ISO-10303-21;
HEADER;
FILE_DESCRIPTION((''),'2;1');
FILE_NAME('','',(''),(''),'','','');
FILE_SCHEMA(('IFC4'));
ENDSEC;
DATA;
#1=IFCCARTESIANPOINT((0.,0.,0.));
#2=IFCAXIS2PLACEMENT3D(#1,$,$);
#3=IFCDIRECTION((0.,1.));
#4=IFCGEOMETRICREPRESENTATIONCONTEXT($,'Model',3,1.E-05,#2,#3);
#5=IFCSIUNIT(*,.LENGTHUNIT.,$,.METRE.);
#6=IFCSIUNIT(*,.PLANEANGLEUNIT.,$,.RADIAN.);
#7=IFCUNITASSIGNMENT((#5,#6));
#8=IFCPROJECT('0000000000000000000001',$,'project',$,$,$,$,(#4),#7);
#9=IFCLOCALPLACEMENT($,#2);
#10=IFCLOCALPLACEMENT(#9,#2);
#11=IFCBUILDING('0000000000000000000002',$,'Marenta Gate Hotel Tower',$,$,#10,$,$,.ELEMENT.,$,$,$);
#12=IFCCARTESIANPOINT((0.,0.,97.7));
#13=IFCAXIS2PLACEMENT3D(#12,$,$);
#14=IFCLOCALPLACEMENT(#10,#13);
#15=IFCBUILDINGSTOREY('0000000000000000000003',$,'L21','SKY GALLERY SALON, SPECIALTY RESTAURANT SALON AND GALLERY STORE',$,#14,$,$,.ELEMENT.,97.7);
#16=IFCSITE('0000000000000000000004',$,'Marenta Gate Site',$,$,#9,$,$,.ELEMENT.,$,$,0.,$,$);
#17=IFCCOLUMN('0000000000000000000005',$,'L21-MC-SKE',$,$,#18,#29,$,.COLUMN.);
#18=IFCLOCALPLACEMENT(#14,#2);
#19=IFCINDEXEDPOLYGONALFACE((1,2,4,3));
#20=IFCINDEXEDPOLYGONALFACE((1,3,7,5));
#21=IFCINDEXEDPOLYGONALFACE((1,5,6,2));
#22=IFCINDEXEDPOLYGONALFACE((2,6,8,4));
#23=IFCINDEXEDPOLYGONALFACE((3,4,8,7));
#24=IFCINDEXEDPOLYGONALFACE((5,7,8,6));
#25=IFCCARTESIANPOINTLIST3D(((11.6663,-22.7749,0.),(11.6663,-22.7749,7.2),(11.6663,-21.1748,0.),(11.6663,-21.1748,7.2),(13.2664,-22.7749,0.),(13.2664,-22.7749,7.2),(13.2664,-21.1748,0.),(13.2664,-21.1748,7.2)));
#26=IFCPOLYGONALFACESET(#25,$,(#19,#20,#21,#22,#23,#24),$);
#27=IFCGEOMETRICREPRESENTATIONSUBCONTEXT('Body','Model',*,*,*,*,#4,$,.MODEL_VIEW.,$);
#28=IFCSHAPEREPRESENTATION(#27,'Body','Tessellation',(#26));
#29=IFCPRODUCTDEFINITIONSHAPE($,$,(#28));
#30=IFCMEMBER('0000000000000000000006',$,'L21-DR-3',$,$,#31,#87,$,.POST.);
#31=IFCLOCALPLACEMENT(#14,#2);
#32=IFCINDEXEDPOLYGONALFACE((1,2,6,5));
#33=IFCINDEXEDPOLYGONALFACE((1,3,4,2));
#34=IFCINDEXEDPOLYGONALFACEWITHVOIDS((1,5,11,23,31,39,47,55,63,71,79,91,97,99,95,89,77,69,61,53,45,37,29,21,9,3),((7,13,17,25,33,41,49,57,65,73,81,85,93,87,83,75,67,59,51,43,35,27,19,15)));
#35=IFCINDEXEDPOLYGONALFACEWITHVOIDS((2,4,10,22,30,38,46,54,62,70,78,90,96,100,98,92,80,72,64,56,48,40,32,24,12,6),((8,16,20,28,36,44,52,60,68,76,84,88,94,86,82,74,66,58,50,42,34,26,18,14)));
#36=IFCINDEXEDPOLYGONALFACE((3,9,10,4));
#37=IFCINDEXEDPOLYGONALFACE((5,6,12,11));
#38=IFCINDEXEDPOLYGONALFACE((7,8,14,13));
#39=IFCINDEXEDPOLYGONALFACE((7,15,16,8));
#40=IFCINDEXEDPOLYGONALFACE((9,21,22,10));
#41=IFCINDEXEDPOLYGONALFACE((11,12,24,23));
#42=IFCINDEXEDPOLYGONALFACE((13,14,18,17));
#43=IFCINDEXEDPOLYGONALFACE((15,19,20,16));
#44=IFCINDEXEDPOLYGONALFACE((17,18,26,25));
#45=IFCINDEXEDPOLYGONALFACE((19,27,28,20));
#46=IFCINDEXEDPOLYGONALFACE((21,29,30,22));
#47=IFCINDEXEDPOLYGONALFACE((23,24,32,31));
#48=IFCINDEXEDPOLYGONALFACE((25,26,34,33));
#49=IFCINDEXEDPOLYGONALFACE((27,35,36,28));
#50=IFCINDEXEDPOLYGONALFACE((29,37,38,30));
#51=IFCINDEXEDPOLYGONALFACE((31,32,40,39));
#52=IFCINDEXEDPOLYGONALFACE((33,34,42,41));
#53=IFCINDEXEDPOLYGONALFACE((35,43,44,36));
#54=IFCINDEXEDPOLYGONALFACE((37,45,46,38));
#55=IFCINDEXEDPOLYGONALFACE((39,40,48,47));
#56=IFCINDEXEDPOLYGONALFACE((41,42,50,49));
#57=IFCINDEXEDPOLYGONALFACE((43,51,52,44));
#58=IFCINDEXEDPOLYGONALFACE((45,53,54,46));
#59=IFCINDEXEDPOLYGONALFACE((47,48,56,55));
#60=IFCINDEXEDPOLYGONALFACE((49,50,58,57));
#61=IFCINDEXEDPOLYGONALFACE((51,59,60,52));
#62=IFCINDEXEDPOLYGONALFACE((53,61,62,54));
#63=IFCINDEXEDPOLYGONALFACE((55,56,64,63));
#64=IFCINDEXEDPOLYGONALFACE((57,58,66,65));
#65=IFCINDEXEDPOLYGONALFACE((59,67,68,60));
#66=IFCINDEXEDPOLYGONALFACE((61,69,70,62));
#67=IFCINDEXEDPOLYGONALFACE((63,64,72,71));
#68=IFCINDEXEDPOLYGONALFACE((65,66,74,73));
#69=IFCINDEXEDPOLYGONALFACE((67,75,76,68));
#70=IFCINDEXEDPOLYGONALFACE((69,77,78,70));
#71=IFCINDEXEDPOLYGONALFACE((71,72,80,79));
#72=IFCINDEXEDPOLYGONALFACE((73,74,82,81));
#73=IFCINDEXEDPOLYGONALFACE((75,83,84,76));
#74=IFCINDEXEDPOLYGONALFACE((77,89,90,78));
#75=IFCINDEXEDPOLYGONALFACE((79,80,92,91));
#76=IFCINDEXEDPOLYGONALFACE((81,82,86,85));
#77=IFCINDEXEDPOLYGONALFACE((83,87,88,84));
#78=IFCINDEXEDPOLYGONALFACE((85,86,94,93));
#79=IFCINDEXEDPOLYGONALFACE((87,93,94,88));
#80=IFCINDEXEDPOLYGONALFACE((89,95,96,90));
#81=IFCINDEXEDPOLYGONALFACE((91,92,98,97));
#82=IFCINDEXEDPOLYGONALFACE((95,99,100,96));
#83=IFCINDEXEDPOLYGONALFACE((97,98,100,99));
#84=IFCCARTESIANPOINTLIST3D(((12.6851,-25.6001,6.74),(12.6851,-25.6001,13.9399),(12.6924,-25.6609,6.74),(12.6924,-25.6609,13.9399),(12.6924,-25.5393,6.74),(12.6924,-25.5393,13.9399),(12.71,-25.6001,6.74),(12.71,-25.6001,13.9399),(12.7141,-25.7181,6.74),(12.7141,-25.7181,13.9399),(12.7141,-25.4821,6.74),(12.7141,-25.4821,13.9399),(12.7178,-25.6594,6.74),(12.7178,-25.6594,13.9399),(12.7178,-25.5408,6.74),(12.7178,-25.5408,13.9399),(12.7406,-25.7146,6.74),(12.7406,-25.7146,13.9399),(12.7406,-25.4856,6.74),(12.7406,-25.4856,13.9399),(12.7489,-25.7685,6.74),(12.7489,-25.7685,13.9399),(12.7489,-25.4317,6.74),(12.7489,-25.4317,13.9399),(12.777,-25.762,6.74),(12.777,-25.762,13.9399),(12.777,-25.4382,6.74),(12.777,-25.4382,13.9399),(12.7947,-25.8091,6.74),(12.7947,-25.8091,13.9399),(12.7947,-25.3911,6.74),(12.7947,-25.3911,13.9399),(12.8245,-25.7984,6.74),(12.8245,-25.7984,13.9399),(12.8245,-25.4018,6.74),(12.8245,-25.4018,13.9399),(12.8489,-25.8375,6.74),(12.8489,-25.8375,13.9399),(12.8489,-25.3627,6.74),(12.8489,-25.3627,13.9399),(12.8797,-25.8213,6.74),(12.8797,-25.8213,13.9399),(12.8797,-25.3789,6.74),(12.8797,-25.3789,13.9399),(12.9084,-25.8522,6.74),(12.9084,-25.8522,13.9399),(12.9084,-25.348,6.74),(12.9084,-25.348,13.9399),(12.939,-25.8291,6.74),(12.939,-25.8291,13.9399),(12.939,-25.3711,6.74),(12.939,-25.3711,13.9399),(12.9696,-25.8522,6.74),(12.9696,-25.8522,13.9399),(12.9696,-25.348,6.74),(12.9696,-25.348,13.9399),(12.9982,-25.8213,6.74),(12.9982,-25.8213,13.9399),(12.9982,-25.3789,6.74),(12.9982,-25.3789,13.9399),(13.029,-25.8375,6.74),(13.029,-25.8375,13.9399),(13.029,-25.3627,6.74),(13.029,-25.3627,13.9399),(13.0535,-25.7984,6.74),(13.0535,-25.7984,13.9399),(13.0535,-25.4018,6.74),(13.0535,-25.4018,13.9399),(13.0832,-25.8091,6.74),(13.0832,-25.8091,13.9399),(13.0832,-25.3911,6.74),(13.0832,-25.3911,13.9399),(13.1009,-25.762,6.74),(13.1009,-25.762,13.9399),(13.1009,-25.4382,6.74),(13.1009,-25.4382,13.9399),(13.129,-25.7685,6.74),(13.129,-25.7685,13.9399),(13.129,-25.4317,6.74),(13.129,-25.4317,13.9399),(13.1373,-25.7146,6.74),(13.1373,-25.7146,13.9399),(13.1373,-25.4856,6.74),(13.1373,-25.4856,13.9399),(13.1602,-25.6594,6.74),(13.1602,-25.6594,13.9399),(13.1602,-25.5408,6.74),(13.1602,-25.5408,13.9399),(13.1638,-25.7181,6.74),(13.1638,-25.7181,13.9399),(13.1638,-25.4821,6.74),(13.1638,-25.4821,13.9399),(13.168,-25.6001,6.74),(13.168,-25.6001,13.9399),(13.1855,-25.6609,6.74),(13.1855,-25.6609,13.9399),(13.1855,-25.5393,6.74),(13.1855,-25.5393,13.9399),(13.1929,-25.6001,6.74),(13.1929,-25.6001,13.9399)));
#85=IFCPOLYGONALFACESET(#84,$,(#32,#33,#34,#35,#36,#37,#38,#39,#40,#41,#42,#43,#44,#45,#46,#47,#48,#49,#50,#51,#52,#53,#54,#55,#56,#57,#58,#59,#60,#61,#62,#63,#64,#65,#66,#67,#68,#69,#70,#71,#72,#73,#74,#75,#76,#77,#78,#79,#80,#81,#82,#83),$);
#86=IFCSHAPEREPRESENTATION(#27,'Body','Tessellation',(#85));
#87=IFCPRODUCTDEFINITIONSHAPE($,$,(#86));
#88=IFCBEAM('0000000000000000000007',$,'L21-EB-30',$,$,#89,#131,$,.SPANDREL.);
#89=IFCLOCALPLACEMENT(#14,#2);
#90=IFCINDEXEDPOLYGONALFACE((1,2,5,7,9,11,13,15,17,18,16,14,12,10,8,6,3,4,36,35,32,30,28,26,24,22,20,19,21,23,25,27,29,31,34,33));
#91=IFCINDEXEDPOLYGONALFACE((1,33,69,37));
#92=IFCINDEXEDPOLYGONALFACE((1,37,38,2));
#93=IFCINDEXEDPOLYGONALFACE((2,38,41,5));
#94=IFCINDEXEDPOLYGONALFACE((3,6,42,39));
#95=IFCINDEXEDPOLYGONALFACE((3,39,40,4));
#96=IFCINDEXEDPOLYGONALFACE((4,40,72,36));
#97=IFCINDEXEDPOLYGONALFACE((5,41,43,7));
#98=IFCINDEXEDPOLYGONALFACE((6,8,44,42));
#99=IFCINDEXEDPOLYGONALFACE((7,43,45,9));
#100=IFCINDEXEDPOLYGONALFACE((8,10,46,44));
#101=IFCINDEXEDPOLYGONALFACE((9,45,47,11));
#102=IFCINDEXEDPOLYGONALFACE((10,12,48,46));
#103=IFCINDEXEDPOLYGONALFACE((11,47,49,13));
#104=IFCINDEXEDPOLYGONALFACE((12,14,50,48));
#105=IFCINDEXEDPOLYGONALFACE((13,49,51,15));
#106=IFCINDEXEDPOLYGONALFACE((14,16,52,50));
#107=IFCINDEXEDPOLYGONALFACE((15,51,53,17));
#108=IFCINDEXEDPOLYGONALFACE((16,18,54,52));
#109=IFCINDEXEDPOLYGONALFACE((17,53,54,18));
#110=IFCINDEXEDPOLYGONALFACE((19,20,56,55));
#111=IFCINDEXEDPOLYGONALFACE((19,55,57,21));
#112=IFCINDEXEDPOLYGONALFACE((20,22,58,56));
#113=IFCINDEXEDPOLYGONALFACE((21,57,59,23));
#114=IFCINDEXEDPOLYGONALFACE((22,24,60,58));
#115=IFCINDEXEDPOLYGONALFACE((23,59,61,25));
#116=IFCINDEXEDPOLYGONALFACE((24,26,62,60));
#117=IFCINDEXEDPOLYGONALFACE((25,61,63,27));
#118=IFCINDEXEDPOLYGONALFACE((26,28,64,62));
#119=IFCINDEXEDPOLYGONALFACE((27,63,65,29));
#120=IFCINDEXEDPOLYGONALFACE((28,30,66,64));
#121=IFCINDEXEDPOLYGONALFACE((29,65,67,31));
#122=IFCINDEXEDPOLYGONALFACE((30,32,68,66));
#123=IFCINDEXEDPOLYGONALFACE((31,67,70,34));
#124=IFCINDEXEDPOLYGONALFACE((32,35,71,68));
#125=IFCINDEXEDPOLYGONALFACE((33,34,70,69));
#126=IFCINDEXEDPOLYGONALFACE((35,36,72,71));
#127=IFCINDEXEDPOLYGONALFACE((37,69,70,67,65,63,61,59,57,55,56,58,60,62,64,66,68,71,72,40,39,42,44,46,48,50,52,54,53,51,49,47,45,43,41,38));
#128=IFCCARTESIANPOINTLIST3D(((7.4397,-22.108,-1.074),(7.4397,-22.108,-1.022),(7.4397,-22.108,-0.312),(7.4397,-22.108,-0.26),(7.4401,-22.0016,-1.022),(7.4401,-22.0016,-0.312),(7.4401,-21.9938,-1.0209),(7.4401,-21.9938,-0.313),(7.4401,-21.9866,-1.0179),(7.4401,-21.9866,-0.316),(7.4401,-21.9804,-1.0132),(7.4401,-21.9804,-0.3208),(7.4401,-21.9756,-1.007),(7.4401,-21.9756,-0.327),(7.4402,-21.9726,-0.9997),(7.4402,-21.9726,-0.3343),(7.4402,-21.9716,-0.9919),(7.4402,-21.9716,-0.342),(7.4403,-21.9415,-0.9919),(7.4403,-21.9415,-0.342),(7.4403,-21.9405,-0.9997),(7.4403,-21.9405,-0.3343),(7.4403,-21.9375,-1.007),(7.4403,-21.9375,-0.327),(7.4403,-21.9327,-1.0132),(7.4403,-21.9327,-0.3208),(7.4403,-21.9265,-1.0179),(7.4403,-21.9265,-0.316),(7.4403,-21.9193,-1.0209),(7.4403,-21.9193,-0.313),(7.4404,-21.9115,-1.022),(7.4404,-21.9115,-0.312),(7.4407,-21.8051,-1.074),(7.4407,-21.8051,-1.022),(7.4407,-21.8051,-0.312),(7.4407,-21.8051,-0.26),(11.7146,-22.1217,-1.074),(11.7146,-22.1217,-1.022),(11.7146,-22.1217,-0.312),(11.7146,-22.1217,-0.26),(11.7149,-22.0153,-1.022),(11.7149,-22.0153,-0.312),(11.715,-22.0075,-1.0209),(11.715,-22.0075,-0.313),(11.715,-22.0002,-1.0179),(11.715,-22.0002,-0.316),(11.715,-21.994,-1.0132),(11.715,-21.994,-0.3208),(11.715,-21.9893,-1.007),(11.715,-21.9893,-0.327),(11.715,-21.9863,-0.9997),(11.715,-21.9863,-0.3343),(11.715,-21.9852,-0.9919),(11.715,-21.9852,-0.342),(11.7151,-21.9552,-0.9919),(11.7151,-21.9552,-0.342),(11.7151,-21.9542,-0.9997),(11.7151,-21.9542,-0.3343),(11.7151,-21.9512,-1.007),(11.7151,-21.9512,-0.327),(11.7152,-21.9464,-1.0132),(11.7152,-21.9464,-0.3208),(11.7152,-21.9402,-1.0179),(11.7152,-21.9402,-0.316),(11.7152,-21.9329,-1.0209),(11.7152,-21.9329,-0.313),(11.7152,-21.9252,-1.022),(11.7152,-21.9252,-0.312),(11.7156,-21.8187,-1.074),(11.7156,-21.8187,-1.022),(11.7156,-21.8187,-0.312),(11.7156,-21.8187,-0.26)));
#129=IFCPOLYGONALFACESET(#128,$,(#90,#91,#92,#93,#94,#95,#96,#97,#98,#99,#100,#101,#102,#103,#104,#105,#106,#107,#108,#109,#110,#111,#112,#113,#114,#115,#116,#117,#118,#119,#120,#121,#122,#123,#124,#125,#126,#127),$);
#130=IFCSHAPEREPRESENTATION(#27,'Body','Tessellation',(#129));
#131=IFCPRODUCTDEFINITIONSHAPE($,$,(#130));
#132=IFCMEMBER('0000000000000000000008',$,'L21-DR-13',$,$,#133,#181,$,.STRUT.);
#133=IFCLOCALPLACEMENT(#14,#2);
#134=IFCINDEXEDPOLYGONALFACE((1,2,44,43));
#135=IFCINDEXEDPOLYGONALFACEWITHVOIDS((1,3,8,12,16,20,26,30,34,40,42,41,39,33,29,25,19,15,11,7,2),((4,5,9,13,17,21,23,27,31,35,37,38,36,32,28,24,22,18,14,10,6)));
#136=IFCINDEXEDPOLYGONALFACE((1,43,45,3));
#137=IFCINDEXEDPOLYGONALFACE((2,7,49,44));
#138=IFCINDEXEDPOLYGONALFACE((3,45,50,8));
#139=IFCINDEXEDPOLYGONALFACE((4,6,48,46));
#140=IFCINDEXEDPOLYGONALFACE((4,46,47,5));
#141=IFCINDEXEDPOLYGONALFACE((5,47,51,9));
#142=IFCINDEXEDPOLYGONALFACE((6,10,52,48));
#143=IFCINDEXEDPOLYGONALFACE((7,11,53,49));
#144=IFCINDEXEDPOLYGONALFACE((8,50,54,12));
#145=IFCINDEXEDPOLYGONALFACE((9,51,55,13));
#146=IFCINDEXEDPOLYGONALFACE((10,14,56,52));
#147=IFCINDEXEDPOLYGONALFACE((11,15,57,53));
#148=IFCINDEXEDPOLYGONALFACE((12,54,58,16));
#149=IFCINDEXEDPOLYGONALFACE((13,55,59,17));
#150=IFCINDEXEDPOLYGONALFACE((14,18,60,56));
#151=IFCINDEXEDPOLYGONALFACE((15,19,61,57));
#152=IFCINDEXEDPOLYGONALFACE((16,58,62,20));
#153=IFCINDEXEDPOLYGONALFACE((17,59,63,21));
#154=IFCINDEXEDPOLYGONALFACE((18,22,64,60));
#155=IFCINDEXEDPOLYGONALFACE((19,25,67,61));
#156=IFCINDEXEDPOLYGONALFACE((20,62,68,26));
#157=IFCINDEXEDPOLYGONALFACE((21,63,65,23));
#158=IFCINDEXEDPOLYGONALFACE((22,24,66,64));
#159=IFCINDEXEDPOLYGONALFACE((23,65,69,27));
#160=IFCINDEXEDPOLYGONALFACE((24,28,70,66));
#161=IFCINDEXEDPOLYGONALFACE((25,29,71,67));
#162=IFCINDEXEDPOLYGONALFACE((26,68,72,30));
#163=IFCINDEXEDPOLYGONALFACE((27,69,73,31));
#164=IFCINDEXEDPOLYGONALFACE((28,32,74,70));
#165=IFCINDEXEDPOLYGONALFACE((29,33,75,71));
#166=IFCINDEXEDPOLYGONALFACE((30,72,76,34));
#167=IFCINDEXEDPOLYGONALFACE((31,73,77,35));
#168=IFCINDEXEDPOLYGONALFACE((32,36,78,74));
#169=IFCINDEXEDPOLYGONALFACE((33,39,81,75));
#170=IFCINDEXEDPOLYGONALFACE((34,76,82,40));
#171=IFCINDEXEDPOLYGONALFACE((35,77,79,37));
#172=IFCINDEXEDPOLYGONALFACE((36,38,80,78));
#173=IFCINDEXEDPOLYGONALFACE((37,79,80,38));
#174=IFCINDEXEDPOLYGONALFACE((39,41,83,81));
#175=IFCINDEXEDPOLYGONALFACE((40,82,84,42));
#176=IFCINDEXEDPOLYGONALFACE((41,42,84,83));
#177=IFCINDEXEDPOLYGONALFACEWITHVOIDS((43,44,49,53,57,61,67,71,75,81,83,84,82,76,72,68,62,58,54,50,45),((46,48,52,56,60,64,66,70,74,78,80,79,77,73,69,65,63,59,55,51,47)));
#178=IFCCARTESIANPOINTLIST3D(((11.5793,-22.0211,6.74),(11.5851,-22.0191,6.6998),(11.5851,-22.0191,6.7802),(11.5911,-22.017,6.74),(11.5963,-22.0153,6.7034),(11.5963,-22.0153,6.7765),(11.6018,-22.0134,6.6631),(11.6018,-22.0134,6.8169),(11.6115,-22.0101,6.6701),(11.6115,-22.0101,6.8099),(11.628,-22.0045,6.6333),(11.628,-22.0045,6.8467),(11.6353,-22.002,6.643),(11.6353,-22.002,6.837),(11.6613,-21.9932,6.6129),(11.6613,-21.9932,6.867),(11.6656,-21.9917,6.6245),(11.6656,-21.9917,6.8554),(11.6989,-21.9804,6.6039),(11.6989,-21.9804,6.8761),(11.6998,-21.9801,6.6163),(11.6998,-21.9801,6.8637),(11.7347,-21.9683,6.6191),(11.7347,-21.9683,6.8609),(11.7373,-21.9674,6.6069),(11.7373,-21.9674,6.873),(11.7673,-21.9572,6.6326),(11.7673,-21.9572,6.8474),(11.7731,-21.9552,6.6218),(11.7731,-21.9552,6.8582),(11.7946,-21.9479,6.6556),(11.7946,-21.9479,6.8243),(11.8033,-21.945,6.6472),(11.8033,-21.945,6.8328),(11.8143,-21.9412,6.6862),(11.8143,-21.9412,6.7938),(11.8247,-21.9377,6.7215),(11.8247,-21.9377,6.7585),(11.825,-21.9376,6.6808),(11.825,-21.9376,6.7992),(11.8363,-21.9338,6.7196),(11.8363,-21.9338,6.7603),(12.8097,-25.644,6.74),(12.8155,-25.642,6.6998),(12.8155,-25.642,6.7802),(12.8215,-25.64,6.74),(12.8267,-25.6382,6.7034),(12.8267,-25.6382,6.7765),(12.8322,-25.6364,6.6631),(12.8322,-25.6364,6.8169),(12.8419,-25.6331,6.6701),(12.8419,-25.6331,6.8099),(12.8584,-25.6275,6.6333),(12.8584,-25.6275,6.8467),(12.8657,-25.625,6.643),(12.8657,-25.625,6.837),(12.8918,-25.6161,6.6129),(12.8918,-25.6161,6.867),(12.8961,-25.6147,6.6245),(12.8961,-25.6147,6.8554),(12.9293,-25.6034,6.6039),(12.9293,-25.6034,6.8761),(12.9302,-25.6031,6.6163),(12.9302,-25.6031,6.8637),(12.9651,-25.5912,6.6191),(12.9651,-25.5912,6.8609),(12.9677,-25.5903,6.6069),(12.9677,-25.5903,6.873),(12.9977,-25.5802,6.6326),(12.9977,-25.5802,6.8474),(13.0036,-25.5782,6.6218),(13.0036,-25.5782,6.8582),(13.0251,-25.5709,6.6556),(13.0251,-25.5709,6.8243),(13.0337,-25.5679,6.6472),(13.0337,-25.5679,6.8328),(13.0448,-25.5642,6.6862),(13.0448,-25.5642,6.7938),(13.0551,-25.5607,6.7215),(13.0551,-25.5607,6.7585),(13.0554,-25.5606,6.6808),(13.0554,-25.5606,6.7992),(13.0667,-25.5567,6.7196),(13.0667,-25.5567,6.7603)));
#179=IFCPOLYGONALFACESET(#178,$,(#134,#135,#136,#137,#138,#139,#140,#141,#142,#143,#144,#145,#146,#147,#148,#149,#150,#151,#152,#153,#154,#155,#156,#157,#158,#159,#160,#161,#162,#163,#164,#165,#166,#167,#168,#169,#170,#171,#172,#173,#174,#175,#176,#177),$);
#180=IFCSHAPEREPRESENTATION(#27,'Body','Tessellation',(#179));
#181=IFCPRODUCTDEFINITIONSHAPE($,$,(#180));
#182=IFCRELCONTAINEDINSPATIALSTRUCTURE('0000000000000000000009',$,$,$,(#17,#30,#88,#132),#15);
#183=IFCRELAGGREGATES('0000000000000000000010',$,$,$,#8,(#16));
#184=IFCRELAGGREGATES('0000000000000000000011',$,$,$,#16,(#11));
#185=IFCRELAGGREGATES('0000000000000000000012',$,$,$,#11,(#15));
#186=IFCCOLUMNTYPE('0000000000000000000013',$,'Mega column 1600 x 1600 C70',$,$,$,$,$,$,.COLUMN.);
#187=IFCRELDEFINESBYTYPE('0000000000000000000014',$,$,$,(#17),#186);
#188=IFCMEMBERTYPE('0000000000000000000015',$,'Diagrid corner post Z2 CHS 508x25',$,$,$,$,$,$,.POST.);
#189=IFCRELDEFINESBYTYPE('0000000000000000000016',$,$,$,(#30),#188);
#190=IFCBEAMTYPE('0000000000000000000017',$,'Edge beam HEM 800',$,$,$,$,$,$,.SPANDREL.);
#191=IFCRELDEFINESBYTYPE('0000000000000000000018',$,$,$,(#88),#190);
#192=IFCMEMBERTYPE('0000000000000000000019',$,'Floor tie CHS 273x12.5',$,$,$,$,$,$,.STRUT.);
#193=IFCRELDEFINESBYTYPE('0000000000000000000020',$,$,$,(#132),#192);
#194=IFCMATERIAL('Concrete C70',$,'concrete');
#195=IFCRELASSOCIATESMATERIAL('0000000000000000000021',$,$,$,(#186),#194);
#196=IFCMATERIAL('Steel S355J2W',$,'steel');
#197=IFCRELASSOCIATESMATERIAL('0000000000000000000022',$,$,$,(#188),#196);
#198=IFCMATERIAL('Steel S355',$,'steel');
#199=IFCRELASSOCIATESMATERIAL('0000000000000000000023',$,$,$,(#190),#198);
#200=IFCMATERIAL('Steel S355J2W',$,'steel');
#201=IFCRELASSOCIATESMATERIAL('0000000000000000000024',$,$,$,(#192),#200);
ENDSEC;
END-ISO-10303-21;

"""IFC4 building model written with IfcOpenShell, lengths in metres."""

from ifc_helpers import new_model, si_unit, direction, frame, origin, origin_2d, place, context, subcontext, project, spatial, rectangle, hollow_circle, i_section, extrude, material, material_profile, profile_set, type_object, element, save


model = new_model("IFC4")

# Units and contexts
model_context = context("Model", 3, precision=1e-05, world=origin(), true_north=direction((0.0, 1.0)))
body_context = subcontext(model_context, "Body", "Model", "MODEL_VIEW")
ifc_project = project(units=[si_unit("LENGTHUNIT", "METRE"), si_unit("PLANEANGLEUNIT", "RADIAN")], contexts=[model_context])

# Site, building, storey
site_placement = place(None, origin())
site = spatial("IfcSite", under=ifc_project, at=site_placement, Name="Marenta Gate Site", CompositionType="ELEMENT", RefElevation=0.0)
building_placement = place(site_placement, origin())
building = spatial("IfcBuilding", under=site, at=building_placement, Name="Marenta Gate Hotel Tower", CompositionType="ELEMENT")
storey_placement = place(building_placement, frame((0.0, 0.0, 97.7)))
storey = spatial("IfcBuildingStorey", under=building, at=storey_placement, Name="L21", Description="SKY GALLERY SALON, SPECIALTY RESTAURANT SALON AND GALLERY STORE", CompositionType="ELEMENT", Elevation=97.7)

# Column
ifc_material_1 = material(Name="Concrete C70", Category="concrete")
ifc_material_profile_1 = material_profile(ifc_material_1, rectangle(XDim=1.6001, YDim=1.6001, at=origin_2d()), Name="1600 x 1600")
ifc_profile_set_1 = profile_set([ifc_material_profile_1], Name="Concrete C70")
column_type = type_object("IfcColumnType", Name="Mega column 1600 x 1600 C70", PredefinedType="COLUMN", material=ifc_profile_set_1)
column_placement = place(storey_placement, frame((12.4663, -21.9749, 0.0), z_axis=(0.0, 0.0, 1.0), x_axis=(1.0, 0.0, 0.0)))
element("IfcColumn", 1, at=column_placement, inside=storey, type_object=column_type, Name="L21-MC-SKE", PredefinedType="COLUMN", context=body_context, shape_type="SweptSolid", body=[
    extrude(rectangle(XDim=1.6001, YDim=1.6001, at=origin_2d()), origin(), (0.0, 0.0, 1.0), 7.2),
])

# Member
ifc_material_2 = material(Name="Steel S355J2W", Category="steel")
ifc_material_profile_2 = material_profile(ifc_material_2, hollow_circle(Radius=0.2539, WallThickness=0.0249, at=origin_2d()), Name="CHS 508x25")
ifc_profile_set_2 = profile_set([ifc_material_profile_2], Name="Steel S355J2W")
member_type_1 = type_object("IfcMemberType", Name="Diagrid corner post Z2 CHS 508x25", PredefinedType="POST", material=ifc_profile_set_2)
member_1_placement = place(storey_placement, frame((12.939, -25.6001, 6.74), z_axis=(0.0, 0.0, 1.0), x_axis=(1.0, 0.0, 0.0)))
element("IfcMember", 2, at=member_1_placement, inside=storey, type_object=member_type_1, Name="L21-DR-3", PredefinedType="POST", context=body_context, shape_type="SweptSolid", body=[
    extrude(hollow_circle(Radius=0.2539, WallThickness=0.0249, at=origin_2d()), origin(), (0.0, 0.0, 1.0), 7.2),
])

# Beam
ifc_material_3 = material(Name="Steel S355", Category="steel")
ifc_material_profile_3 = material_profile(ifc_material_3, i_section(OverallWidth=0.303, OverallDepth=0.814, WebThickness=0.03, FlangeThickness=0.052, FilletRadius=0.03, at=origin_2d()), Name="HEM 800")
ifc_profile_set_3 = profile_set([ifc_material_profile_3], Name="Steel S355")
beam_type = type_object("IfcBeamType", Name="Edge beam HEM 800", PredefinedType="SPANDREL", material=ifc_profile_set_3)
beam_placement = place(storey_placement, frame((11.7151, -21.9702, -0.667), z_axis=(-0.999995, 0.003198, 0.0), x_axis=(-0.003198, -0.999995, 0.0)))
element("IfcBeam", 3, at=beam_placement, inside=storey, type_object=beam_type, Name="L21-EB-30", PredefinedType="SPANDREL", context=body_context, shape_type="SweptSolid", body=[
    extrude(i_section(OverallWidth=0.303, OverallDepth=0.814, WebThickness=0.03, FlangeThickness=0.052, FilletRadius=0.03, at=origin_2d()), origin(), (0.0, 0.0, 1.0), 4.2749),
])

# Member
ifc_material_4 = material(Name="Steel S355J2W", Category="steel")
ifc_material_profile_4 = material_profile(ifc_material_4, hollow_circle(Radius=0.1365, WallThickness=0.0125, at=origin_2d()), Name="CHS 273x12.5")
ifc_profile_set_4 = profile_set([ifc_material_profile_4], Name="Steel S355J2W")
member_type_2 = type_object("IfcMemberType", Name="Floor tie CHS 273x12.5", PredefinedType="STRUT", material=ifc_profile_set_4)
member_2_placement = place(storey_placement, frame((12.939, -25.6001, 6.74), z_axis=(-0.321582, 0.946882, 0.0), x_axis=(-0.946882, -0.321582, 0.0)))
element("IfcMember", 4, at=member_2_placement, inside=storey, type_object=member_type_2, Name="L21-DR-13", PredefinedType="STRUT", context=body_context, shape_type="SweptSolid", body=[
    extrude(hollow_circle(Radius=0.1365, WallThickness=0.0125, at=origin_2d()), origin(), (0.0, 0.0, 1.0), 3.8262),
])

save(model, "model.ifc")
